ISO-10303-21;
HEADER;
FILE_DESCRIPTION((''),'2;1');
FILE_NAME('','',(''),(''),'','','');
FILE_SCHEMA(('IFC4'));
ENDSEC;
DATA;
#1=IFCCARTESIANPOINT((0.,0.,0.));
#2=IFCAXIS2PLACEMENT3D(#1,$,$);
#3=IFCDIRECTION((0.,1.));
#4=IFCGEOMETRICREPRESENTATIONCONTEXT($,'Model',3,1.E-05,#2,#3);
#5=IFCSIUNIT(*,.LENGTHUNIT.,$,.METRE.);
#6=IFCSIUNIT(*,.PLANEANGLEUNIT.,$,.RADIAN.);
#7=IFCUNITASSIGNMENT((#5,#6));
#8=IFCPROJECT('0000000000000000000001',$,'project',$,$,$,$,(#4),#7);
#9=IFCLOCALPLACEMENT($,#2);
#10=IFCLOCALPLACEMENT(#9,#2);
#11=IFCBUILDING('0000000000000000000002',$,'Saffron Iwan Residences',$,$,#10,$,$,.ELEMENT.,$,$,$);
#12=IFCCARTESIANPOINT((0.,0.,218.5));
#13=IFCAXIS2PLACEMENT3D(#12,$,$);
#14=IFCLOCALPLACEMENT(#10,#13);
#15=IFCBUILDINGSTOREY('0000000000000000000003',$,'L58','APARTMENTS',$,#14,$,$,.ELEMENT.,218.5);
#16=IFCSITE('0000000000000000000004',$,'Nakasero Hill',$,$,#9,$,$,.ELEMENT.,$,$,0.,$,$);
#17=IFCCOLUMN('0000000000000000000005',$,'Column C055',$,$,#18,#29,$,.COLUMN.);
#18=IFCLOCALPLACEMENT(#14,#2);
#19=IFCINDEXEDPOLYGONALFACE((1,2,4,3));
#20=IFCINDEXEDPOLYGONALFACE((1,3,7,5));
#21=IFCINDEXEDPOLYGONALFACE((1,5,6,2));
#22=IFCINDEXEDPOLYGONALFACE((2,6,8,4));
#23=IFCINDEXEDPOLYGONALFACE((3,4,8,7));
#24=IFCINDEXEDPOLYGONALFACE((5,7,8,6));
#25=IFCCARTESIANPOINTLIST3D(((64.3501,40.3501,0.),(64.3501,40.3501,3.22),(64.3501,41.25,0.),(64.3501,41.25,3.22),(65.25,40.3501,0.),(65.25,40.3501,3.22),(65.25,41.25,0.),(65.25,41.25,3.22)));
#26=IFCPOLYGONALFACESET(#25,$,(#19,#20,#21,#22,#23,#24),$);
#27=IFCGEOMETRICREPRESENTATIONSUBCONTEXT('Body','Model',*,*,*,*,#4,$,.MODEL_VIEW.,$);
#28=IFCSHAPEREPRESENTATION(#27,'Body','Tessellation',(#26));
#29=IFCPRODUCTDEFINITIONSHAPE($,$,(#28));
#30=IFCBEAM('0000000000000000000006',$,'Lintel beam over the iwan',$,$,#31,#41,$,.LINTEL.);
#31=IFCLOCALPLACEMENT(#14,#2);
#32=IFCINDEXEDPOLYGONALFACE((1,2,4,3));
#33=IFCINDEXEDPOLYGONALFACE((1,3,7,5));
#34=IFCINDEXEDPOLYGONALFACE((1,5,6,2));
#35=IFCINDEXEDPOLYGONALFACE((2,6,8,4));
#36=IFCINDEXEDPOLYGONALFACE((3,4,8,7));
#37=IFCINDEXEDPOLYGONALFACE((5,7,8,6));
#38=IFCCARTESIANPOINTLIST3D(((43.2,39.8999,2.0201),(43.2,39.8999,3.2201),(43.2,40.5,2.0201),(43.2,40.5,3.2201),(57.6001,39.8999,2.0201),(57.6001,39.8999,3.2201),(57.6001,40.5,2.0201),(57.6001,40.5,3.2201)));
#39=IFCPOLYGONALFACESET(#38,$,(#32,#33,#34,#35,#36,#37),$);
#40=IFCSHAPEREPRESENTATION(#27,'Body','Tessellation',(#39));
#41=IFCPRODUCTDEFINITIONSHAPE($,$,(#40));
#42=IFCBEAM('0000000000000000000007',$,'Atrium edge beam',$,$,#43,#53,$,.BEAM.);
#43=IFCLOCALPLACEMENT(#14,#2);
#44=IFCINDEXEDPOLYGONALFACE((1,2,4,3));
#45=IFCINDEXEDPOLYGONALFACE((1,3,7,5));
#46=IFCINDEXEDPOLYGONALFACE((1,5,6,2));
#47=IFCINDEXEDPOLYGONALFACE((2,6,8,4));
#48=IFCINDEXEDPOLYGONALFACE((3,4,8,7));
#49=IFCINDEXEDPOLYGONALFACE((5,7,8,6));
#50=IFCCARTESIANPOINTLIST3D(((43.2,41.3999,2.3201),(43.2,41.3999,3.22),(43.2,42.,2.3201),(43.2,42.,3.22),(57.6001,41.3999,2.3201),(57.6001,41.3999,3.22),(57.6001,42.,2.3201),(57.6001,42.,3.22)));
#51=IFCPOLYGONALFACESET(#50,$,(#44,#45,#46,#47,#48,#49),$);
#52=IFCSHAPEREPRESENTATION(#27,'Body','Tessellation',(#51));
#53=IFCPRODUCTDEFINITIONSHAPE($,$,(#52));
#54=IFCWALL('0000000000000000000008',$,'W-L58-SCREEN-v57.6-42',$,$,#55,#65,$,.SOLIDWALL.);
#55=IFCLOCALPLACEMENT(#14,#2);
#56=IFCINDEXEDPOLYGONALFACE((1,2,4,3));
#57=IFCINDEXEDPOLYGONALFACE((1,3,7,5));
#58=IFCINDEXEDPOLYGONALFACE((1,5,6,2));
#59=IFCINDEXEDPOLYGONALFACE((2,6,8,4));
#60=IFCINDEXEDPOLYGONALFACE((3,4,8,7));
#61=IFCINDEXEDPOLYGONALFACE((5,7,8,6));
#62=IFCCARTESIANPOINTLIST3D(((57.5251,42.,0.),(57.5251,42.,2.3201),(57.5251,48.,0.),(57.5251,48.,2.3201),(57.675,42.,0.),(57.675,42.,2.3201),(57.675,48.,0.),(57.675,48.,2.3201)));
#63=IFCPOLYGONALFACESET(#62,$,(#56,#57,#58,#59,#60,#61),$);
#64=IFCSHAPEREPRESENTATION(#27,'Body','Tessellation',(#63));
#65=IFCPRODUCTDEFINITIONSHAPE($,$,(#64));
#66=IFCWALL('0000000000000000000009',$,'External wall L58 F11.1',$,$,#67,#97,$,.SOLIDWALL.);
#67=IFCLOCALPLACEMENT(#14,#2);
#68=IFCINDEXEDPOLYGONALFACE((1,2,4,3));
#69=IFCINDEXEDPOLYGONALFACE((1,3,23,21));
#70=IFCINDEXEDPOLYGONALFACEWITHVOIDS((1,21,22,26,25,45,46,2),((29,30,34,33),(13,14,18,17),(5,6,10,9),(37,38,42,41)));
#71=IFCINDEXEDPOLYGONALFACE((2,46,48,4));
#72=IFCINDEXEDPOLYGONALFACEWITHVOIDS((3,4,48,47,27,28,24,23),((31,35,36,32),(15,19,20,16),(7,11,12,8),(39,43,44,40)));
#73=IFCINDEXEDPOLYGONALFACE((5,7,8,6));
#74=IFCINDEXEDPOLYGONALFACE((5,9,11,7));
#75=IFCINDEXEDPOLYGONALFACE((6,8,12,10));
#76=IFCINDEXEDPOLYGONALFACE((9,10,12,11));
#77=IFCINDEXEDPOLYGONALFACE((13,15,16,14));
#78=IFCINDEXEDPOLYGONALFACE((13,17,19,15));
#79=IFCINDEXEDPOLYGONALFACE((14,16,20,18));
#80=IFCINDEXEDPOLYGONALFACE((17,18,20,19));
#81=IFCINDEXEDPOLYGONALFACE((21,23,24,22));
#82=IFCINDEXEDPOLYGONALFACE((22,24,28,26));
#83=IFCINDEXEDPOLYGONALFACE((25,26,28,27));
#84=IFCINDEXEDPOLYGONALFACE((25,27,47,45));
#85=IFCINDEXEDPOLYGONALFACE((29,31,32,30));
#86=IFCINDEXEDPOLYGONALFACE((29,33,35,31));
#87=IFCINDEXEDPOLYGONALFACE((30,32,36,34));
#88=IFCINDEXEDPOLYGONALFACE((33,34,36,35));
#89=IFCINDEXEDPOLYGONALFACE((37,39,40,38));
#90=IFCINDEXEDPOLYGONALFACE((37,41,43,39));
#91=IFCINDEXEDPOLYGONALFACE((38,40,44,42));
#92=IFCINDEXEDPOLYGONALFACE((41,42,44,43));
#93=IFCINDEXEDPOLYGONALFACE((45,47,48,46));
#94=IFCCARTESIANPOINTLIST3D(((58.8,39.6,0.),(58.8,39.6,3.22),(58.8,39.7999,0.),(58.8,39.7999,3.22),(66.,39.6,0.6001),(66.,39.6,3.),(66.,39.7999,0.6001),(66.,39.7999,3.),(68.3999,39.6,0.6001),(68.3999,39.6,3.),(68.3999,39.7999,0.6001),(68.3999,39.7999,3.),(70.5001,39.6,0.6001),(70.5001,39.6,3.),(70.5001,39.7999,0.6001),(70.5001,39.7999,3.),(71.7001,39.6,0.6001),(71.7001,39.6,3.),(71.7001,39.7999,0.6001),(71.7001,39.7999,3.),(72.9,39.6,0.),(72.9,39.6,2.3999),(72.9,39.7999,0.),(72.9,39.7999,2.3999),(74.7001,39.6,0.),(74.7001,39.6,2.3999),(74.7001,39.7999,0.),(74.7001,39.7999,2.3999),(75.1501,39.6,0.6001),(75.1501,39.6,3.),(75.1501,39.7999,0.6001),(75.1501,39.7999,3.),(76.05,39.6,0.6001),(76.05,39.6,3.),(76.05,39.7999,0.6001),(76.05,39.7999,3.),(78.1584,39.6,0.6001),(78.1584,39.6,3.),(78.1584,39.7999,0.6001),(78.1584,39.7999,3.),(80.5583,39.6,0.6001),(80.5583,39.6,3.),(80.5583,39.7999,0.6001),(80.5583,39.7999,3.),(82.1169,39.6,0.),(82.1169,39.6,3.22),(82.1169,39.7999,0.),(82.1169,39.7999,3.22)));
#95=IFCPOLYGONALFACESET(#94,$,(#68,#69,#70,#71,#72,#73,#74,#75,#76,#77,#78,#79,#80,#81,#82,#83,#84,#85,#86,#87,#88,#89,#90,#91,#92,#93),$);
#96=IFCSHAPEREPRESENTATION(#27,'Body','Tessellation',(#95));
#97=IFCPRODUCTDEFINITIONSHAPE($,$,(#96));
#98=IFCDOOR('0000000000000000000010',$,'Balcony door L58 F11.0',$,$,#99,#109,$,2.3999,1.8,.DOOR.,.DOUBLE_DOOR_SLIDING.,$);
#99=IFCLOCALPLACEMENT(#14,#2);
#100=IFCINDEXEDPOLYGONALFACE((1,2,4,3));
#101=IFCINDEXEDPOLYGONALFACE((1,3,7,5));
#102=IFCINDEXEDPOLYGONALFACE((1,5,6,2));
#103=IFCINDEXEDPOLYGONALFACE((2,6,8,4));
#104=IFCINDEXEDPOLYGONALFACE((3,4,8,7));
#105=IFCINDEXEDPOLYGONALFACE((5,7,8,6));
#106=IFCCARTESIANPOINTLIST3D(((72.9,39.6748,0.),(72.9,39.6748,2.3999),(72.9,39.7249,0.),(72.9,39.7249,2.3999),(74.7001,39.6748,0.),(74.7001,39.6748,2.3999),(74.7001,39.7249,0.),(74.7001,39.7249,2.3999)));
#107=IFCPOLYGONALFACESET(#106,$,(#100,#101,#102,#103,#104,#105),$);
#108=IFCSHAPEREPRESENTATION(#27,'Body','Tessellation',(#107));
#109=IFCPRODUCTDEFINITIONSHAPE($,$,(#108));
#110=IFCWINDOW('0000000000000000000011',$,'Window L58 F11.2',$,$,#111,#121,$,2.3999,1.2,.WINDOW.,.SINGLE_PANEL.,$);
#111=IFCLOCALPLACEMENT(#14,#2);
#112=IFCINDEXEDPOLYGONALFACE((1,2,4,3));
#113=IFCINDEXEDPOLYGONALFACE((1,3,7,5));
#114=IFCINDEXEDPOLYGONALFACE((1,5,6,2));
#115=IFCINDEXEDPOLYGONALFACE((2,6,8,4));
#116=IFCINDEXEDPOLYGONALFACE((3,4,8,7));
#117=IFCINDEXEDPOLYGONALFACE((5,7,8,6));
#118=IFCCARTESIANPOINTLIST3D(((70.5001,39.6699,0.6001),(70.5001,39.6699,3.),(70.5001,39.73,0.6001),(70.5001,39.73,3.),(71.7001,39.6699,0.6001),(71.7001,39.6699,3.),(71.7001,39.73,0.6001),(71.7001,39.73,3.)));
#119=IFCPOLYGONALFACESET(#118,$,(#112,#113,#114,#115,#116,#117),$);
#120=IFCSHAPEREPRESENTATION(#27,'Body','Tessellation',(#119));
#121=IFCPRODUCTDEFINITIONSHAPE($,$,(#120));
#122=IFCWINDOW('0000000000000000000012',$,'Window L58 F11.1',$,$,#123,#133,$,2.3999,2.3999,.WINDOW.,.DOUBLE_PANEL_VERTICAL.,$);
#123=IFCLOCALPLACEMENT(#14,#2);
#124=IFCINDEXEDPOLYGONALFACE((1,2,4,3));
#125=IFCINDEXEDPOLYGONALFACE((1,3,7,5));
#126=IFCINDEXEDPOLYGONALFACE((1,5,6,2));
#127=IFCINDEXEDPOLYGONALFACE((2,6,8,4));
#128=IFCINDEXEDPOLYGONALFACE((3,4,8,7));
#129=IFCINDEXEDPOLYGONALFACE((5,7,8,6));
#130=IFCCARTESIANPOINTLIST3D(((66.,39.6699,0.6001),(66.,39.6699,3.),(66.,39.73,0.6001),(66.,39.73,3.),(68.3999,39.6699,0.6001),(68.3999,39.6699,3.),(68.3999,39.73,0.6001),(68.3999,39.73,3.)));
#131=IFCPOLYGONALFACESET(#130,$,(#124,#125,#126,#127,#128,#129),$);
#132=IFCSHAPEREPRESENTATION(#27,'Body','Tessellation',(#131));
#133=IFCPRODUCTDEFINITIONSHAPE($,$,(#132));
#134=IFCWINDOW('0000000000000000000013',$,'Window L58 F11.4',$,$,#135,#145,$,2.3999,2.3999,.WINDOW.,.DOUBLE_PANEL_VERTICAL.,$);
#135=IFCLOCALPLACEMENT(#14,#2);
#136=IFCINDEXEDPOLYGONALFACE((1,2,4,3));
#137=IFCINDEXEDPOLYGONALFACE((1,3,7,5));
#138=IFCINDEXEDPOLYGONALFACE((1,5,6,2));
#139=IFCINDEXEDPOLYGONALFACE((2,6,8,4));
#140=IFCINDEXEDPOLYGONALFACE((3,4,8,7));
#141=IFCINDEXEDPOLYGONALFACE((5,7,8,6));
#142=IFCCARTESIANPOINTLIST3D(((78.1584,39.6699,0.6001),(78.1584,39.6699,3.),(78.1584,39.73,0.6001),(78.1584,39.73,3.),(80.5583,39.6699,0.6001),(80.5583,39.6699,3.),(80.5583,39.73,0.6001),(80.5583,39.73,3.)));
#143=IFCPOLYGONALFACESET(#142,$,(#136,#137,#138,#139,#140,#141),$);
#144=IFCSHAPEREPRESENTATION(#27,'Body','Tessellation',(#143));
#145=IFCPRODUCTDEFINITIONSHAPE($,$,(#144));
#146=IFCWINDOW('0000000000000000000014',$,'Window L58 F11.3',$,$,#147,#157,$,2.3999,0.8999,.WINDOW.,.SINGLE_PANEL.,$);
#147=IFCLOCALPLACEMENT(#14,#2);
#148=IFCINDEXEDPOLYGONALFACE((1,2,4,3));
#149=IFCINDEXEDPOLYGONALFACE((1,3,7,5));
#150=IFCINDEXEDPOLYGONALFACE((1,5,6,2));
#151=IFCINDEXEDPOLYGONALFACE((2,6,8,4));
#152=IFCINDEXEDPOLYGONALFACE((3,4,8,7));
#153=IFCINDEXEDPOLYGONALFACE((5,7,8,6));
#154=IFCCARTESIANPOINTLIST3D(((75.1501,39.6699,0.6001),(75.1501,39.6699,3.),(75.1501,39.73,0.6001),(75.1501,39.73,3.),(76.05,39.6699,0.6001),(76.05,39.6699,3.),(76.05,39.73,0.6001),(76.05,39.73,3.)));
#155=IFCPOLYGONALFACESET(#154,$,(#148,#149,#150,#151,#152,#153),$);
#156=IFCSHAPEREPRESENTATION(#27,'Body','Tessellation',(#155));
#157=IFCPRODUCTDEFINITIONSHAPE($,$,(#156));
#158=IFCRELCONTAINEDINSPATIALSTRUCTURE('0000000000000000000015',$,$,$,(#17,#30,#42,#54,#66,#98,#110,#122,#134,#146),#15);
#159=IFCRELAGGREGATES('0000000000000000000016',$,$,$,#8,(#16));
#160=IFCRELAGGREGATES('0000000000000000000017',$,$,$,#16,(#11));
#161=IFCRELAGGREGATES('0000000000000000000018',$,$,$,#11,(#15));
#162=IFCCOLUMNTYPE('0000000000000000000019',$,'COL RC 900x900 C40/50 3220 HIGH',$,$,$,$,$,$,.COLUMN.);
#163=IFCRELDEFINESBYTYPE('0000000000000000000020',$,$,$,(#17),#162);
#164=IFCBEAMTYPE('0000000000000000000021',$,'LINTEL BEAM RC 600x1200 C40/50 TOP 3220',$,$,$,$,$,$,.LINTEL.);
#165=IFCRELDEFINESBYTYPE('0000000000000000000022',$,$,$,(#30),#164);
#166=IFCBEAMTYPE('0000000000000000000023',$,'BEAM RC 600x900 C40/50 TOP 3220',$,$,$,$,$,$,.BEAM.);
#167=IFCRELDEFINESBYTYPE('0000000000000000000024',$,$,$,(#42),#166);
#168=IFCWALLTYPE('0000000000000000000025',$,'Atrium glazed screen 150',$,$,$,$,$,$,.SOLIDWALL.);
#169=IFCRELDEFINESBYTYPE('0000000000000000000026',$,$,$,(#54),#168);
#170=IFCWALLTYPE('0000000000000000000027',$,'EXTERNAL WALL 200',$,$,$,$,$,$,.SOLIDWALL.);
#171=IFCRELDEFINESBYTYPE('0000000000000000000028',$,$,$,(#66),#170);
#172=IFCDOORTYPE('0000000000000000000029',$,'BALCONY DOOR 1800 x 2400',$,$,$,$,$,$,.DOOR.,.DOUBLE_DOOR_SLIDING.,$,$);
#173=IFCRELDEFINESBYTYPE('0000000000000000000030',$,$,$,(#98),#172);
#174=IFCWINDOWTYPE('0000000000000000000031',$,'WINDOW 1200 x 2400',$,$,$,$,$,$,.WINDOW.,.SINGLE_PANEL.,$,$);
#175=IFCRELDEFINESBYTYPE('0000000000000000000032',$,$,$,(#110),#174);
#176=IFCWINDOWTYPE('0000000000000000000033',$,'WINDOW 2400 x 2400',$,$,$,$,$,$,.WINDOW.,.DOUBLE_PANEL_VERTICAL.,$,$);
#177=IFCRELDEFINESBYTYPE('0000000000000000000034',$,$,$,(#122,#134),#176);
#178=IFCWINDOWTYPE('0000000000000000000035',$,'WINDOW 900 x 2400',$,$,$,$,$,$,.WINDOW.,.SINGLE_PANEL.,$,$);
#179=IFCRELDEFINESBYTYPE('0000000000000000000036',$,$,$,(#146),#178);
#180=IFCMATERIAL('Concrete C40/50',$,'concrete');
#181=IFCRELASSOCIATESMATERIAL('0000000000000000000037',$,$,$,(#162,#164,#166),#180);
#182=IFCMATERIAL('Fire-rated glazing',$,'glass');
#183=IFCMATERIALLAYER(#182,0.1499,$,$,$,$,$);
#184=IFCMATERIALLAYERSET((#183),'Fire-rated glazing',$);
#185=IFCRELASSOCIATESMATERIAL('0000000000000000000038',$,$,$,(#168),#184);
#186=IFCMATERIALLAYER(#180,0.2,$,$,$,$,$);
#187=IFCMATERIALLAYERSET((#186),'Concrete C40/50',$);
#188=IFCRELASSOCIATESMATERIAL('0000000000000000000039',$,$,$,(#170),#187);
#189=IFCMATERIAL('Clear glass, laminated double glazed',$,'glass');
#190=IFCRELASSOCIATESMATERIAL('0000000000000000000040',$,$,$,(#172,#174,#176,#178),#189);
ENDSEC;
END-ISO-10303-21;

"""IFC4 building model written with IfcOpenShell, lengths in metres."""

from ifc_helpers import new_model, si_unit, direction, frame, frame_2d, origin, origin_2d, place, context, subcontext, project, spatial, rectangle, extrude, source, transform, mapped, material, layer, layer_set, material_profile, profile_set, type_object, element, fill, save


model = new_model("IFC4")

# Units and contexts
model_context = context("Model", 3, precision=1e-05, world=origin(), true_north=direction((0.0, 1.0)))
body_context = subcontext(model_context, "Body", "Model", "MODEL_VIEW")
ifc_project = project(units=[si_unit("LENGTHUNIT", "METRE"), si_unit("PLANEANGLEUNIT", "RADIAN")], contexts=[model_context])

# Site, building, storey
site_placement = place(None, origin())
site = spatial("IfcSite", under=ifc_project, at=site_placement, Name="Nakasero Hill", CompositionType="ELEMENT", RefElevation=0.0)
building_placement = place(site_placement, origin())
building = spatial("IfcBuilding", under=site, at=building_placement, Name="Saffron Iwan Residences", CompositionType="ELEMENT")
storey_placement = place(building_placement, frame((0.0, 0.0, 218.5)))
storey = spatial("IfcBuildingStorey", under=building, at=storey_placement, Name="L58", Description="APARTMENTS", CompositionType="ELEMENT", Elevation=218.5)

# Column
ifc_material_1 = material(Name="Concrete C40/50", Category="concrete")
ifc_material_profile_1 = material_profile(ifc_material_1, rectangle(XDim=0.8999, YDim=0.8999, at=origin_2d()), Name="RC 900x900")
ifc_profile_set_1 = profile_set([ifc_material_profile_1], Name="Concrete C40/50")
column_type = type_object("IfcColumnType", Name="COL RC 900x900 C40/50 3220 HIGH", PredefinedType="COLUMN", material=ifc_profile_set_1)
shared_shape_1 = source(origin(), body_context, "Body", "SweptSolid", [
    extrude(rectangle(XDim=0.8999, YDim=0.8999, at=origin_2d()), origin(), (0.0, 0.0, 1.0), 3.22),
])
column_placement = place(storey_placement, frame((64.8, 40.8, 0.0), z_axis=(0.0, 0.0, 1.0), x_axis=(1.0, 0.0, 0.0)))
element("IfcColumn", 1, at=column_placement, inside=storey, type_object=column_type, Name="Column C055", PredefinedType="COLUMN", context=body_context, shape_type="MappedRepresentation", body=[
    mapped(shared_shape_1, transform((0.0, 0.0, 0.0))),
])

# Beams
ifc_material_profile_2 = material_profile(ifc_material_1, rectangle(XDim=0.6001, YDim=1.2, at=origin_2d()), Name="RC 600x1200")
ifc_profile_set_2 = profile_set([ifc_material_profile_2], Name="Concrete C40/50")
beam_type_1 = type_object("IfcBeamType", Name="LINTEL BEAM RC 600x1200 C40/50 TOP 3220", PredefinedType="LINTEL", material=ifc_profile_set_2)
shared_shape_2 = source(origin(), body_context, "Body", "SweptSolid", [
    extrude(rectangle(XDim=0.6001, YDim=1.2, at=origin_2d()), origin(), (0.0, 0.0, 1.0), 14.4001),
])
beam_1_placement = place(storey_placement, frame((57.6001, 40.2, 2.6201), z_axis=(-1.0, 0.0, 0.0), x_axis=(0.0, -1.0, 0.0)))
element("IfcBeam", 2, at=beam_1_placement, inside=storey, type_object=beam_type_1, Name="Lintel beam over the iwan", PredefinedType="LINTEL", context=body_context, shape_type="MappedRepresentation", body=[
    mapped(shared_shape_2, transform((0.0, 0.0, 0.0))),
])
ifc_material_profile_3 = material_profile(ifc_material_1, rectangle(XDim=0.6001, YDim=0.8999, at=origin_2d()), Name="RC 600x900")
ifc_profile_set_3 = profile_set([ifc_material_profile_3], Name="Concrete C40/50")
beam_type_2 = type_object("IfcBeamType", Name="BEAM RC 600x900 C40/50 TOP 3220", PredefinedType="BEAM", material=ifc_profile_set_3)
shared_shape_3 = source(origin(), body_context, "Body", "SweptSolid", [
    extrude(rectangle(XDim=0.6001, YDim=0.8999, at=origin_2d()), origin(), (0.0, 0.0, 1.0), 14.4001),
])
beam_2_placement = place(storey_placement, frame((57.6001, 41.7, 2.77), z_axis=(-1.0, 0.0, 0.0), x_axis=(0.0, -1.0, 0.0)))
element("IfcBeam", 3, at=beam_2_placement, inside=storey, type_object=beam_type_2, Name="Atrium edge beam", PredefinedType="BEAM", context=body_context, shape_type="MappedRepresentation", body=[
    mapped(shared_shape_3, transform((0.0, 0.0, 0.0))),
])

# Wall
ifc_material_2 = material(Name="Fire-rated glazing", Category="glass")
ifc_layer_1 = layer(ifc_material_2, 0.1499)
ifc_layer_set_1 = layer_set([ifc_layer_1], Name="Fire-rated glazing")
wall_type_1 = type_object("IfcWallType", Name="Atrium glazed screen 150", PredefinedType="SOLIDWALL", material=ifc_layer_set_1)
wall_1_placement = place(storey_placement, frame((57.6001, 42.0, 0.0), z_axis=(0.0, 0.0, 1.0), x_axis=(0.0, 1.0, 0.0)))
element("IfcWall", 4, at=wall_1_placement, inside=storey, type_object=wall_type_1, Name="W-L58-SCREEN-v57.6-42", PredefinedType="SOLIDWALL", context=body_context, shape_type="SweptSolid", body=[
    extrude(rectangle(XDim=6.0, YDim=0.1499, at=frame_2d((3.0, 0.0))), origin(), (0.0, 0.0, 1.0), 2.3201),
])

# Wall, openings, door, windows
ifc_layer_2 = layer(ifc_material_1, 0.2)
ifc_layer_set_2 = layer_set([ifc_layer_2], Name="Concrete C40/50")
wall_type_2 = type_object("IfcWallType", Name="EXTERNAL WALL 200", PredefinedType="SOLIDWALL", material=ifc_layer_set_2)
wall_2_placement = place(storey_placement, frame((58.8, 39.7, 0.0), z_axis=(0.0, 0.0, 1.0), x_axis=(1.0, 0.0, 0.0)))
wall_2 = element("IfcWall", 5, at=wall_2_placement, inside=storey, type_object=wall_type_2, Name="External wall L58 F11.1", PredefinedType="SOLIDWALL", context=body_context, shape_type="SweptSolid", body=[
    extrude(rectangle(XDim=23.3169, YDim=0.2, at=frame_2d((11.6584, 0.0))), origin(), (0.0, 0.0, 1.0), 3.22),
])
opening_1_placement = place(wall_2_placement, frame((14.1001, 0.0, 0.0)))
opening_1 = element("IfcOpeningElement", 6, at=opening_1_placement, cuts=wall_2, PredefinedType="OPENING", context=body_context, shape_type="SweptSolid", body=[
    extrude(rectangle(XDim=1.8, YDim=2.3999, at=frame_2d((0.8999, 1.2))), frame((0.0, 0.1099, 0.0), z_axis=(0.0, -1.0, 0.0), x_axis=(1.0, 0.0, 0.0)), (0.0, 0.0, 1.0), 0.22),
])
opening_2_placement = place(wall_2_placement, frame((7.2, 0.0, 0.6001)))
opening_2 = element("IfcOpeningElement", 7, at=opening_2_placement, cuts=wall_2, PredefinedType="OPENING", context=body_context, shape_type="SweptSolid", body=[
    extrude(rectangle(XDim=2.3999, YDim=2.3999, at=frame_2d((1.2, 1.2))), frame((0.0, 0.1099, 0.0), z_axis=(0.0, -1.0, 0.0), x_axis=(1.0, 0.0, 0.0)), (0.0, 0.0, 1.0), 0.22),
])
opening_3_placement = place(wall_2_placement, frame((11.7, 0.0, 0.6001)))
opening_3 = element("IfcOpeningElement", 8, at=opening_3_placement, cuts=wall_2, PredefinedType="OPENING", context=body_context, shape_type="SweptSolid", body=[
    extrude(rectangle(XDim=1.2, YDim=2.3999, at=frame_2d((0.6001, 1.2))), frame((0.0, 0.1099, 0.0), z_axis=(0.0, -1.0, 0.0), x_axis=(1.0, 0.0, 0.0)), (0.0, 0.0, 1.0), 0.22),
])
opening_4_placement = place(wall_2_placement, frame((16.3501, 0.0, 0.6001)))
opening_4 = element("IfcOpeningElement", 9, at=opening_4_placement, cuts=wall_2, PredefinedType="OPENING", context=body_context, shape_type="SweptSolid", body=[
    extrude(rectangle(XDim=0.8999, YDim=2.3999, at=frame_2d((0.45, 1.2))), frame((0.0, 0.1099, 0.0), z_axis=(0.0, -1.0, 0.0), x_axis=(1.0, 0.0, 0.0)), (0.0, 0.0, 1.0), 0.22),
])
opening_5_placement = place(wall_2_placement, frame((19.3584, 0.0, 0.6001)))
opening_5 = element("IfcOpeningElement", 10, at=opening_5_placement, cuts=wall_2, PredefinedType="OPENING", context=body_context, shape_type="SweptSolid", body=[
    extrude(rectangle(XDim=2.3999, YDim=2.3999, at=frame_2d((1.2, 1.2))), frame((0.0, 0.1099, 0.0), z_axis=(0.0, -1.0, 0.0), x_axis=(1.0, 0.0, 0.0)), (0.0, 0.0, 1.0), 0.22),
])
ifc_material_3 = material(Name="Clear glass, laminated double glazed", Category="glass")
door_type_1 = type_object("IfcDoorType", Name="BALCONY DOOR 1800 x 2400", OperationType="DOUBLE_DOOR_SLIDING", PredefinedType="DOOR", material=ifc_material_3)
door_1_placement = place(opening_1_placement, origin())
door_1 = element("IfcDoor", 11, at=door_1_placement, inside=storey, type_object=door_type_1, Name="Balcony door L58 F11.0", OperationType="DOUBLE_DOOR_SLIDING", OverallHeight=2.3999, OverallWidth=1.8, PredefinedType="DOOR", context=body_context, shape_type="SweptSolid", body=[
    extrude(rectangle(XDim=1.8, YDim=2.3999, at=frame_2d((0.8999, 1.2))), frame((0.0, 0.0249, 0.0), z_axis=(0.0, -1.0, 0.0), x_axis=(1.0, 0.0, 0.0)), (0.0, 0.0, 1.0), 0.05),
])
fill(opening_1, door_1)
window_type_1 = type_object("IfcWindowType", Name="WINDOW 1200 x 2400", PartitioningType="SINGLE_PANEL", PredefinedType="WINDOW", material=ifc_material_3)
window_1_placement = place(opening_3_placement, origin())
window_1 = element("IfcWindow", 12, at=window_1_placement, inside=storey, type_object=window_type_1, Name="Window L58 F11.2", OverallHeight=2.3999, OverallWidth=1.2, PartitioningType="SINGLE_PANEL", PredefinedType="WINDOW", context=body_context, shape_type="SweptSolid", body=[
    extrude(rectangle(XDim=1.2, YDim=2.3999, at=frame_2d((0.6001, 1.2))), frame((0.0, 0.03, 0.0), z_axis=(0.0, -1.0, 0.0), x_axis=(1.0, 0.0, 0.0)), (0.0, 0.0, 1.0), 0.0601),
])
fill(opening_3, window_1)
window_type_2 = type_object("IfcWindowType", Name="WINDOW 2400 x 2400", PartitioningType="DOUBLE_PANEL_VERTICAL", PredefinedType="WINDOW", material=ifc_material_3)
window_2_placement = place(opening_2_placement, origin())
window_2 = element("IfcWindow", 13, at=window_2_placement, inside=storey, type_object=window_type_2, Name="Window L58 F11.1", OverallHeight=2.3999, OverallWidth=2.3999, PartitioningType="DOUBLE_PANEL_VERTICAL", PredefinedType="WINDOW", context=body_context, shape_type="SweptSolid", body=[
    extrude(rectangle(XDim=2.3999, YDim=2.3999, at=frame_2d((1.2, 1.2))), frame((0.0, 0.03, 0.0), z_axis=(0.0, -1.0, 0.0), x_axis=(1.0, 0.0, 0.0)), (0.0, 0.0, 1.0), 0.0601),
])
fill(opening_2, window_2)
window_3_placement = place(opening_5_placement, origin())
window_3 = element("IfcWindow", 14, at=window_3_placement, inside=storey, type_object=window_type_2, Name="Window L58 F11.4", OverallHeight=2.3999, OverallWidth=2.3999, PartitioningType="DOUBLE_PANEL_VERTICAL", PredefinedType="WINDOW", context=body_context, shape_type="SweptSolid", body=[
    extrude(rectangle(XDim=2.3999, YDim=2.3999, at=frame_2d((1.2, 1.2))), frame((0.0, 0.03, 0.0), z_axis=(0.0, -1.0, 0.0), x_axis=(1.0, 0.0, 0.0)), (0.0, 0.0, 1.0), 0.0601),
])
fill(opening_5, window_3)
window_type_3 = type_object("IfcWindowType", Name="WINDOW 900 x 2400", PartitioningType="SINGLE_PANEL", PredefinedType="WINDOW", material=ifc_material_3)
window_4_placement = place(opening_4_placement, origin())
window_4 = element("IfcWindow", 15, at=window_4_placement, inside=storey, type_object=window_type_3, Name="Window L58 F11.3", OverallHeight=2.3999, OverallWidth=0.8999, PartitioningType="SINGLE_PANEL", PredefinedType="WINDOW", context=body_context, shape_type="SweptSolid", body=[
    extrude(rectangle(XDim=0.8999, YDim=2.3999, at=frame_2d((0.45, 1.2))), frame((0.0, 0.03, 0.0), z_axis=(0.0, -1.0, 0.0), x_axis=(1.0, 0.0, 0.0)), (0.0, 0.0, 1.0), 0.0601),
])
fill(opening_4, window_4)

save(model, "model.ifc")
